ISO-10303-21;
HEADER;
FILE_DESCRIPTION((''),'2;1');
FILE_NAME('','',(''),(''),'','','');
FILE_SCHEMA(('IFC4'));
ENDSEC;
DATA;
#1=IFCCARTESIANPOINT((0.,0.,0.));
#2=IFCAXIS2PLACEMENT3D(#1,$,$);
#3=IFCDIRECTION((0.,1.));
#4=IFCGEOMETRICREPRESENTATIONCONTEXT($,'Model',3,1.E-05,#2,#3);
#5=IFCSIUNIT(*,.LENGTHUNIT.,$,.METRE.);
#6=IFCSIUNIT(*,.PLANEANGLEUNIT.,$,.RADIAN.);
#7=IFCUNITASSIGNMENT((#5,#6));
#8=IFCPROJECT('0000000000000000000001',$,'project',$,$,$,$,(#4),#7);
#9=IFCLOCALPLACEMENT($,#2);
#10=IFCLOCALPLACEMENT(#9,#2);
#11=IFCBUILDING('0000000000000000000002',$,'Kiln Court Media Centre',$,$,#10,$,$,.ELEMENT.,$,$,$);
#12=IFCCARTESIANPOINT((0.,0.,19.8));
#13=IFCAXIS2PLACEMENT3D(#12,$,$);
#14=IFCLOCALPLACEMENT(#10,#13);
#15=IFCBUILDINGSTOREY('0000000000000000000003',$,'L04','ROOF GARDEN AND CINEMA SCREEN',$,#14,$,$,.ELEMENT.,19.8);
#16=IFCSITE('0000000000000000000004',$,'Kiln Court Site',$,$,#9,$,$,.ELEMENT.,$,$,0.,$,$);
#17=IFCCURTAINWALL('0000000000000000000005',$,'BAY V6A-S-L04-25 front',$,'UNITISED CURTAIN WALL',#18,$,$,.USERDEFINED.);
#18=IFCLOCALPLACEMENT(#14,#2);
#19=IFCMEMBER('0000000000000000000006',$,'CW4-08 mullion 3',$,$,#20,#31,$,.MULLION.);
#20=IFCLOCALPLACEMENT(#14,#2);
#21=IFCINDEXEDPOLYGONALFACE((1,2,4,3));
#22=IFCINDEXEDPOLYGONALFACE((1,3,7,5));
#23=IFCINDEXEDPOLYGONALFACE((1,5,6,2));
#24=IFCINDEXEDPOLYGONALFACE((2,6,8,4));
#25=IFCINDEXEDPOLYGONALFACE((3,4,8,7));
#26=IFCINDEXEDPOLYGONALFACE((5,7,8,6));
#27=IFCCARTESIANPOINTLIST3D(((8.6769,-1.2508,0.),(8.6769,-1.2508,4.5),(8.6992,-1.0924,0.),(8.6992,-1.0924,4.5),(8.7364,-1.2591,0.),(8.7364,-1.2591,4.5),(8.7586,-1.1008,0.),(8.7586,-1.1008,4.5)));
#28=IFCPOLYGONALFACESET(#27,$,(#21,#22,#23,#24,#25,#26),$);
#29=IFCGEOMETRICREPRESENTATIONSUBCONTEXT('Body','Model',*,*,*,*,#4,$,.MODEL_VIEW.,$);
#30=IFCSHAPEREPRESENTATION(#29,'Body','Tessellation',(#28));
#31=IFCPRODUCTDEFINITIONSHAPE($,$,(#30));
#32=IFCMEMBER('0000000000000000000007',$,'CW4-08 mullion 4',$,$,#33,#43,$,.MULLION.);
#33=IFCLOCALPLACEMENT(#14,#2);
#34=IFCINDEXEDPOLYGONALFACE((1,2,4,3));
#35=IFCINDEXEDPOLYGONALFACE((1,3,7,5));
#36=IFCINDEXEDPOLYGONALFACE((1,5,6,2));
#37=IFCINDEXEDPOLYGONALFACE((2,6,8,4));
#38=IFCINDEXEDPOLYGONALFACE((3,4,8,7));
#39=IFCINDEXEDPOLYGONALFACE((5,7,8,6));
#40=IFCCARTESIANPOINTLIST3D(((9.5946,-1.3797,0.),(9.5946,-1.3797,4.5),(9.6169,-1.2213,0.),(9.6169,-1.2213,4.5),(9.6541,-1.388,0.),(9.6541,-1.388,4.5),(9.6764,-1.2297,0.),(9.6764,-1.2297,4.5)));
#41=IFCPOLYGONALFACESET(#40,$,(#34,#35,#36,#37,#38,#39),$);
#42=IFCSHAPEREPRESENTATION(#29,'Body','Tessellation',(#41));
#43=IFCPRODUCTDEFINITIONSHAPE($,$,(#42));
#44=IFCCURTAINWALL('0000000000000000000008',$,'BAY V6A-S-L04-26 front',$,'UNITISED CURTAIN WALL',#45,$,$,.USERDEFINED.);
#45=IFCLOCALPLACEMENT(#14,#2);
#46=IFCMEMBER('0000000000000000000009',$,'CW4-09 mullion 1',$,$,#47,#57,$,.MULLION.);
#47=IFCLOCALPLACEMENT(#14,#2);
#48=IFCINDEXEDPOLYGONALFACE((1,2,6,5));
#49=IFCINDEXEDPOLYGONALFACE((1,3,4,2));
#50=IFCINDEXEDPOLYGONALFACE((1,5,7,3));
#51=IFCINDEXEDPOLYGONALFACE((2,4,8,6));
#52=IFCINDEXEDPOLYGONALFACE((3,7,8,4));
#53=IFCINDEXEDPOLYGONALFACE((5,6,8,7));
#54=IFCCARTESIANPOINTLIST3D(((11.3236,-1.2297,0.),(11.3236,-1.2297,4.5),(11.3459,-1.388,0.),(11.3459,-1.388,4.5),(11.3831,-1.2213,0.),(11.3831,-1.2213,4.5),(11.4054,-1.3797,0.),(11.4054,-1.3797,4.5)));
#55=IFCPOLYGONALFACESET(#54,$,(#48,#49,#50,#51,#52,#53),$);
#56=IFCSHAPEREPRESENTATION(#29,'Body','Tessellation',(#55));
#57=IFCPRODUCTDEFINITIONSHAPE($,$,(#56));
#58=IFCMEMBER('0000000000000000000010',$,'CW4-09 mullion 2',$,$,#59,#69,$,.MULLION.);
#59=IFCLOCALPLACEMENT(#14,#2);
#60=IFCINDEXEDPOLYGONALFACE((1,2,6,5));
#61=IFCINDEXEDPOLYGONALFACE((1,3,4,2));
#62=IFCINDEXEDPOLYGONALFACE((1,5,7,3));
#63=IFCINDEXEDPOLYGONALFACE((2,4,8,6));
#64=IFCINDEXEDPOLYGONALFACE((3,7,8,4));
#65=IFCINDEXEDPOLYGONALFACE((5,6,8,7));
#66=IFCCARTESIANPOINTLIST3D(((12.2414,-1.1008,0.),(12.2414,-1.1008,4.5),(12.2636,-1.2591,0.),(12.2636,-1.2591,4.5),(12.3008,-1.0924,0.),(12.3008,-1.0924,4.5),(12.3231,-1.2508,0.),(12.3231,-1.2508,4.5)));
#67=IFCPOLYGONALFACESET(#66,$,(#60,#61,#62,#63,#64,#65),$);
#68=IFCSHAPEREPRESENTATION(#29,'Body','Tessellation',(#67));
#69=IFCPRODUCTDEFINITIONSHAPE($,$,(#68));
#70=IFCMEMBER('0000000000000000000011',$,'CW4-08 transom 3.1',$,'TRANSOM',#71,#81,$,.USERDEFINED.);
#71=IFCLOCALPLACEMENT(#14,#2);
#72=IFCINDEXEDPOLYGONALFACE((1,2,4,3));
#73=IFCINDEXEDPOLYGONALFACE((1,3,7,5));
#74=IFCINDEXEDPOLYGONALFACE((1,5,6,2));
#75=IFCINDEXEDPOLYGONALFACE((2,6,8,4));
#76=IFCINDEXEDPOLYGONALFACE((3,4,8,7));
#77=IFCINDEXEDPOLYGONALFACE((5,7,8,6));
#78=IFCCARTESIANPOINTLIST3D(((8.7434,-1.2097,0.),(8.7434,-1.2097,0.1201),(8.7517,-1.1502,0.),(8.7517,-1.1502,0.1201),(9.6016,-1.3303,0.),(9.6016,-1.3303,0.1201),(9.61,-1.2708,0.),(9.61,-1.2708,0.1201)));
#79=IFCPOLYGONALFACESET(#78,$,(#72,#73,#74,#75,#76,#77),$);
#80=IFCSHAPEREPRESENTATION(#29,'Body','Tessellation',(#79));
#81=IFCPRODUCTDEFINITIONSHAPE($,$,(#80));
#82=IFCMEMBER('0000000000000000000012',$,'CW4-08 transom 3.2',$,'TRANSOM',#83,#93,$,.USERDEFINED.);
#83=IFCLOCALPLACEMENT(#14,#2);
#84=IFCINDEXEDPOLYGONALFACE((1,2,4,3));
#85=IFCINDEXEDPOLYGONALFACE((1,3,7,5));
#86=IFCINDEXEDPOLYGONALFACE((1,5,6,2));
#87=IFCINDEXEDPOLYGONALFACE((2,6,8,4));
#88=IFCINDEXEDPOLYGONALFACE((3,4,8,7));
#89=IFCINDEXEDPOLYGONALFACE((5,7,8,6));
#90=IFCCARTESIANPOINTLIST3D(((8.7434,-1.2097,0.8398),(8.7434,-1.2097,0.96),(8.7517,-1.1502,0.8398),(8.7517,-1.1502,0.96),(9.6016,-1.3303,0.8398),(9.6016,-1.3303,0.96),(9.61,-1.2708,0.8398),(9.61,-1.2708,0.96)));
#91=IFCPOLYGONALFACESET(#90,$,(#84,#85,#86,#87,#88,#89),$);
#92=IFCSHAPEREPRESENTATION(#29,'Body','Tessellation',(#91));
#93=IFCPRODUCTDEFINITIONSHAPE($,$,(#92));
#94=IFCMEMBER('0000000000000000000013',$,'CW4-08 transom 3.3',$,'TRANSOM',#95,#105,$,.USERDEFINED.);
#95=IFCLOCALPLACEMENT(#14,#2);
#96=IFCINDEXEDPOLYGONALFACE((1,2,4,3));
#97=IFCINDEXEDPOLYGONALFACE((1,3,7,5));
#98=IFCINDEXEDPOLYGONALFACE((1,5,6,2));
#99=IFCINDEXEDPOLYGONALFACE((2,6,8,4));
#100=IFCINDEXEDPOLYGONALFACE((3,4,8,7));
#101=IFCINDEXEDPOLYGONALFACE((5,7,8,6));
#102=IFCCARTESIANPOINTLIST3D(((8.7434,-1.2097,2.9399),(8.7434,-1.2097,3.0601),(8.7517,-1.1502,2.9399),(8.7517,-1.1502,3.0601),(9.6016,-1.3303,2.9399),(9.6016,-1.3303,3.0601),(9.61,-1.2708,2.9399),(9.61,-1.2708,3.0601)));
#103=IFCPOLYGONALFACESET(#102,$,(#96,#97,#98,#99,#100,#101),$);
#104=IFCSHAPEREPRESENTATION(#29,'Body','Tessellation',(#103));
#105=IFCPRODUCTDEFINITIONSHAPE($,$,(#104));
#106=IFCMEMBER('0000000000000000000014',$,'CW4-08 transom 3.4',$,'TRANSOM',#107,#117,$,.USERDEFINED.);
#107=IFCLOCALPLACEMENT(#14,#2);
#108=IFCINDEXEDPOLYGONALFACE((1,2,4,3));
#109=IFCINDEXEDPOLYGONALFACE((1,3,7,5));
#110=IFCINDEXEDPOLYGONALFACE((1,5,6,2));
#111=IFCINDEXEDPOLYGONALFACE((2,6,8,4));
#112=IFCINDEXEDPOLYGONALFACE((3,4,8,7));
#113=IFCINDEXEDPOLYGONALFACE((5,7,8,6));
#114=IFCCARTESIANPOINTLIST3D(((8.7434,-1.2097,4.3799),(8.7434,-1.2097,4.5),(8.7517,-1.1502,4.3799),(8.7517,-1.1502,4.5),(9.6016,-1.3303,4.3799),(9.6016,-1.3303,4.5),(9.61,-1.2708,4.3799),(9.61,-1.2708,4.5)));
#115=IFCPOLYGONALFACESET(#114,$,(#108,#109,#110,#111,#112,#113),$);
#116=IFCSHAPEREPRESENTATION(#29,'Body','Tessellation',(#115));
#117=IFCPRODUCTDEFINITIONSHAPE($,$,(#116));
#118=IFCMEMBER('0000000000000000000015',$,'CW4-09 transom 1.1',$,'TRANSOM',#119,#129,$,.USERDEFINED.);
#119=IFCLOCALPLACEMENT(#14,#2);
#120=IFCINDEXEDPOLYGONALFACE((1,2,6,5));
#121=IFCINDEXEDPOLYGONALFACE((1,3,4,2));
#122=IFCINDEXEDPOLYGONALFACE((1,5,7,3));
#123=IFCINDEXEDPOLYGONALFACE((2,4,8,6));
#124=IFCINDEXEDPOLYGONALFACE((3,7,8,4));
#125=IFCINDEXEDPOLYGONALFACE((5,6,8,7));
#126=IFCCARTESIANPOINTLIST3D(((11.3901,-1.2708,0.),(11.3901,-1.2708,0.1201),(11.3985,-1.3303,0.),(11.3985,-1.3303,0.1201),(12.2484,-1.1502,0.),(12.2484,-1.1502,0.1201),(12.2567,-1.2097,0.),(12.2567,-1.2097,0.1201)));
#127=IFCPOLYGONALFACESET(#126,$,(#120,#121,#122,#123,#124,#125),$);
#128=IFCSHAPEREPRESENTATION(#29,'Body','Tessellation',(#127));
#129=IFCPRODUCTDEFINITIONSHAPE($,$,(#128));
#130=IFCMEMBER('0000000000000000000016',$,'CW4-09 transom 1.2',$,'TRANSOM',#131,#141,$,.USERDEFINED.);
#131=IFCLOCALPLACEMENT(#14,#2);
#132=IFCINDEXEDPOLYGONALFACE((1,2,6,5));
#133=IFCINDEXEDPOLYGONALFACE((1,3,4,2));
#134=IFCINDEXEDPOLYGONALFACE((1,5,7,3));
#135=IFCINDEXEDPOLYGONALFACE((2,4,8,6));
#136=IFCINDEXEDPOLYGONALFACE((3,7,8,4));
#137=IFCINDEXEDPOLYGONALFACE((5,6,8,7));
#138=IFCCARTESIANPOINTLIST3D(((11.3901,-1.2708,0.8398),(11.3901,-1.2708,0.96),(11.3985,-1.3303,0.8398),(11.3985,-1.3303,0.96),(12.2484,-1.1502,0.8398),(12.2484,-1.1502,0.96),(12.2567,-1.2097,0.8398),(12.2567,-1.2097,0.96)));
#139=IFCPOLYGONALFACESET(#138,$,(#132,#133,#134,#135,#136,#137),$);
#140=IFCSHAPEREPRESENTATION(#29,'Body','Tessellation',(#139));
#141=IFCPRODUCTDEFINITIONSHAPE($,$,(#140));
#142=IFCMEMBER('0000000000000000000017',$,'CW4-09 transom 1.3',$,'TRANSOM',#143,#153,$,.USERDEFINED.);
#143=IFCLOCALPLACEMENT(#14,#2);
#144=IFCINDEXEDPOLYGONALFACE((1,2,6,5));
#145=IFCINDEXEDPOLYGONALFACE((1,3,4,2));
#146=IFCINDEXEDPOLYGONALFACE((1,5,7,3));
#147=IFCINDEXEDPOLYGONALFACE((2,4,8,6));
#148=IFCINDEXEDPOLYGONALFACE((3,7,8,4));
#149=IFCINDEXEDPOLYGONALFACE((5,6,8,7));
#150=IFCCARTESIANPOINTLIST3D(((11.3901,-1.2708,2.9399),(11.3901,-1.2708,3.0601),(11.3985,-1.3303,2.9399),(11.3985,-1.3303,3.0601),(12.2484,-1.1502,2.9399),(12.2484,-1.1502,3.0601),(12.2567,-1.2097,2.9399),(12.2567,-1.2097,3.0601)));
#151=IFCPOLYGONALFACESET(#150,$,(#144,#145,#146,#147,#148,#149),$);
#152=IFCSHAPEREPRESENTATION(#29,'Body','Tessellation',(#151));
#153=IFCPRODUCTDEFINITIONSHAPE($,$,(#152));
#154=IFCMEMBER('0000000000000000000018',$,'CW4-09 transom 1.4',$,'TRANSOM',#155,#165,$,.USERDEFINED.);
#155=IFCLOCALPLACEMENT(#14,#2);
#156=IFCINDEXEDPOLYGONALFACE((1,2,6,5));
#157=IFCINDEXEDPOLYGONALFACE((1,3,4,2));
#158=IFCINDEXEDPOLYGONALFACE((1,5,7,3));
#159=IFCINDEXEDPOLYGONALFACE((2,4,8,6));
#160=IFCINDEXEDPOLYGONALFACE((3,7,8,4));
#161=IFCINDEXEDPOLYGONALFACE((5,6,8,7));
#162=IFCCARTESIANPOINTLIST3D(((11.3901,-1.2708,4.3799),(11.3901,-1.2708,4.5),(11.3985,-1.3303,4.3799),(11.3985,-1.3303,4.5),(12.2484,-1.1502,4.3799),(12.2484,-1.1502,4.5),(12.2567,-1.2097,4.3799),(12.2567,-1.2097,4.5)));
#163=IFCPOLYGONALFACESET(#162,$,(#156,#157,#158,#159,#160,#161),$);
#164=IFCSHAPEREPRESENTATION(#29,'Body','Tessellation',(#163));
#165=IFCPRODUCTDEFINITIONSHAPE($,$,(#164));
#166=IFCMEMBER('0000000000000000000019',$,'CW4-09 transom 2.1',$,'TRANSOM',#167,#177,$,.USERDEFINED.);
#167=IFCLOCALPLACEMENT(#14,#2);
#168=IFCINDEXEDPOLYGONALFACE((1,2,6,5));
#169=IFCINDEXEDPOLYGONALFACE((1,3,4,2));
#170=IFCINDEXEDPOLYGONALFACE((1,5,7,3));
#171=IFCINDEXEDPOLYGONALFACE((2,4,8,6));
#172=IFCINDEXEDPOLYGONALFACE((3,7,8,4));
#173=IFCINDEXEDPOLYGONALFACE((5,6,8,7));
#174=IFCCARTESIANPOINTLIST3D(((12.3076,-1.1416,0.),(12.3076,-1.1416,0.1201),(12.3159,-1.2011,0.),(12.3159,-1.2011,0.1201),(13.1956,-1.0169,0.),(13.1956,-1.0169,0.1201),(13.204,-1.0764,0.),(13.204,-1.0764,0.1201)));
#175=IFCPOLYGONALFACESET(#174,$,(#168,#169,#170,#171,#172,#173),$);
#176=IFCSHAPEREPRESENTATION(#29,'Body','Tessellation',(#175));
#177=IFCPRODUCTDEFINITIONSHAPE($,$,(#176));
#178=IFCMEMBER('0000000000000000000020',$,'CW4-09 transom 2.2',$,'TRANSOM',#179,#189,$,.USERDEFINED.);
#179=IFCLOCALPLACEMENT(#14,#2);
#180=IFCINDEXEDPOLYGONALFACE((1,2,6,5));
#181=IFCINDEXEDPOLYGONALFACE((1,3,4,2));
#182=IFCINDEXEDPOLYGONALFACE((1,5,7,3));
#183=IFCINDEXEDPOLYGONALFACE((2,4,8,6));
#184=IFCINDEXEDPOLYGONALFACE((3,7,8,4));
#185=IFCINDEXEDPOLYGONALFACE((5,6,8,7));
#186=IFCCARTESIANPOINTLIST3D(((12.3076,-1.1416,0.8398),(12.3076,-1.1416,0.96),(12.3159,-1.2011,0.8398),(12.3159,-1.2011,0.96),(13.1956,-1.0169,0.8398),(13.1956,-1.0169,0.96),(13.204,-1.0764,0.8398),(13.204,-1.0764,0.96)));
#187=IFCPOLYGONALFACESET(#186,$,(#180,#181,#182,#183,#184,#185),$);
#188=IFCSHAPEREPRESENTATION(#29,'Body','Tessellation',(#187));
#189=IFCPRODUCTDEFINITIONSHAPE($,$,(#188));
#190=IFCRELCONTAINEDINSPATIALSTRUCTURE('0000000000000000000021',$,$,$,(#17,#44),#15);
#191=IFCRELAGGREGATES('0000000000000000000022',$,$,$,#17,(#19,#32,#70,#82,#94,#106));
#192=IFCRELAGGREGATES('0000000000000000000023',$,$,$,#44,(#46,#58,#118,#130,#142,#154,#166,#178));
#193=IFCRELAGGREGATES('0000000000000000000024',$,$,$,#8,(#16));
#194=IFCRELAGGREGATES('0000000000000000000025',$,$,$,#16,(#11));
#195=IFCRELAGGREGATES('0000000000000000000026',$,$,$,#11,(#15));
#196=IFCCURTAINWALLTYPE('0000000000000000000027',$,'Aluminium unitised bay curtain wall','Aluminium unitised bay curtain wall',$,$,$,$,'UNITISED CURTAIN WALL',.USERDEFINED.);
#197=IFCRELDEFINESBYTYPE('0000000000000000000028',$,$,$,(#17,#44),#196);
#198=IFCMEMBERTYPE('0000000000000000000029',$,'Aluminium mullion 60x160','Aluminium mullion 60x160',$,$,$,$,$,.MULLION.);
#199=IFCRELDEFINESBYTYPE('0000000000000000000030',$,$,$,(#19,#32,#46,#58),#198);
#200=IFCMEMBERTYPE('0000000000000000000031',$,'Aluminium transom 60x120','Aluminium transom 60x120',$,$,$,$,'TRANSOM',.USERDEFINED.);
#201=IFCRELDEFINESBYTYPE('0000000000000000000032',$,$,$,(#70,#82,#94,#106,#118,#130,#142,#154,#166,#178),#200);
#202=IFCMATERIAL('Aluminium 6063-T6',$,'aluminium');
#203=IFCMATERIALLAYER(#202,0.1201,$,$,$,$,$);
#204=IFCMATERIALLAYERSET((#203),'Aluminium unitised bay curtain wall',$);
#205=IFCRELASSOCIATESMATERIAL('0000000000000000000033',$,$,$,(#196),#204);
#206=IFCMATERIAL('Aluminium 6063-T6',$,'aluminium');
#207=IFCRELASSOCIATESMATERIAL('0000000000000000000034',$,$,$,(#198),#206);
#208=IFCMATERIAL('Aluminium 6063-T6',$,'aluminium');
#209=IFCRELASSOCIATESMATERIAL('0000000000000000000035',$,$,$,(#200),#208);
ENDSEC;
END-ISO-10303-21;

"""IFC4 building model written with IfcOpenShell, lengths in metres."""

from ifc_helpers import new_model, si_unit, direction, frame, origin, origin_2d, place, context, subcontext, project, spatial, rectangle, extrude, material, layer, layer_set, material_profile, profile_set, type_object, element, aggregate, save


model = new_model("IFC4")

# Units and contexts
model_context = context("Model", 3, precision=1e-05, world=origin(), true_north=direction((0.0, 1.0)))
body_context = subcontext(model_context, "Body", "Model", "MODEL_VIEW")
ifc_project = project(units=[si_unit("LENGTHUNIT", "METRE"), si_unit("PLANEANGLEUNIT", "RADIAN")], contexts=[model_context])

# Site, building, storey
site_placement = place(None, origin())
site = spatial("IfcSite", under=ifc_project, at=site_placement, Name="Kiln Court Site", CompositionType="ELEMENT", RefElevation=0.0)
building_placement = place(site_placement, origin())
building = spatial("IfcBuilding", under=site, at=building_placement, Name="Kiln Court Media Centre", CompositionType="ELEMENT")
storey_placement = place(building_placement, frame((0.0, 0.0, 19.8)))
storey = spatial("IfcBuildingStorey", under=building, at=storey_placement, Name="L04", Description="ROOF GARDEN AND CINEMA SCREEN", CompositionType="ELEMENT", Elevation=19.8)

# Curtain walls, members
ifc_material_1 = material(Name="Aluminium 6063-T6", Category="aluminium")
ifc_layer_1 = layer(ifc_material_1, 0.1201)
ifc_layer_set_1 = layer_set([ifc_layer_1], Name="Aluminium unitised bay curtain wall")
curtain_wall_type = type_object("IfcCurtainWallType", Name="Aluminium unitised bay curtain wall", Description="Aluminium unitised bay curtain wall", ElementType="UNITISED CURTAIN WALL", PredefinedType="USERDEFINED", material=ifc_layer_set_1)
curtain_wall_1_placement = place(storey_placement, origin())
curtain_wall_1 = element("IfcCurtainWall", 1, at=curtain_wall_1_placement, inside=storey, type_object=curtain_wall_type, Name="BAY V6A-S-L04-25 front", ObjectType="UNITISED CURTAIN WALL", PredefinedType="USERDEFINED")
ifc_material_2 = material(Name="Aluminium 6063-T6", Category="aluminium")
ifc_material_profile_1 = material_profile(ifc_material_2, rectangle(XDim=0.0601, YDim=0.1599, at=origin_2d()), Name="Aluminium mullion 60x160")
ifc_profile_set_1 = profile_set([ifc_material_profile_1], Name="Aluminium 6063-T6")
member_type_1 = type_object("IfcMemberType", Name="Aluminium mullion 60x160", Description="Aluminium mullion 60x160", PredefinedType="MULLION", material=ifc_profile_set_1)
member_1_placement = place(storey_placement, frame((8.7178, -1.1758, 0.0), z_axis=(0.0, 0.0, 1.0), x_axis=(0.99027, -0.139162, 0.0)))
member_1 = element("IfcMember", 2, at=member_1_placement, type_object=member_type_1, Name="CW4-08 mullion 3", PredefinedType="MULLION", context=body_context, shape_type="SweptSolid", body=[
    extrude(rectangle(XDim=0.0601, YDim=0.1599, at=origin_2d()), origin(), (0.0, 0.0, 1.0), 4.5),
])
member_2_placement = place(storey_placement, frame((9.6355, -1.3047, 0.0), z_axis=(0.0, 0.0, 1.0), x_axis=(0.99027, -0.139162, 0.0)))
member_2 = element("IfcMember", 3, at=member_2_placement, type_object=member_type_1, Name="CW4-08 mullion 4", PredefinedType="MULLION", context=body_context, shape_type="SweptSolid", body=[
    extrude(rectangle(XDim=0.0601, YDim=0.1599, at=origin_2d()), origin(), (0.0, 0.0, 1.0), 4.5),
])
curtain_wall_2_placement = place(storey_placement, origin())
curtain_wall_2 = element("IfcCurtainWall", 4, at=curtain_wall_2_placement, inside=storey, type_object=curtain_wall_type, Name="BAY V6A-S-L04-26 front", ObjectType="UNITISED CURTAIN WALL", PredefinedType="USERDEFINED")
member_3_placement = place(storey_placement, frame((11.3645, -1.3047, 0.0), z_axis=(0.0, 0.0, 1.0), x_axis=(0.99027, 0.139162, 0.0)))
member_3 = element("IfcMember", 5, at=member_3_placement, type_object=member_type_1, Name="CW4-09 mullion 1", PredefinedType="MULLION", context=body_context, shape_type="SweptSolid", body=[
    extrude(rectangle(XDim=0.0601, YDim=0.1599, at=origin_2d()), origin(), (0.0, 0.0, 1.0), 4.5),
])
member_4_placement = place(storey_placement, frame((12.2822, -1.1758, 0.0), z_axis=(0.0, 0.0, 1.0), x_axis=(0.99027, 0.139162, 0.0)))
member_4 = element("IfcMember", 6, at=member_4_placement, type_object=member_type_1, Name="CW4-09 mullion 2", PredefinedType="MULLION", context=body_context, shape_type="SweptSolid", body=[
    extrude(rectangle(XDim=0.0601, YDim=0.1599, at=origin_2d()), origin(), (0.0, 0.0, 1.0), 4.5),
])

# Members
ifc_material_3 = material(Name="Aluminium 6063-T6", Category="aluminium")
ifc_material_profile_2 = material_profile(ifc_material_3, rectangle(XDim=0.0601, YDim=0.1201, at=origin_2d()), Name="Aluminium transom 60x120")
ifc_profile_set_2 = profile_set([ifc_material_profile_2], Name="Aluminium 6063-T6")
member_type_2 = type_object("IfcMemberType", Name="Aluminium transom 60x120", Description="Aluminium transom 60x120", ElementType="TRANSOM", PredefinedType="USERDEFINED", material=ifc_profile_set_2)
member_5_placement = place(storey_placement, frame((8.7476, -1.1799, 0.0601), z_axis=(0.990268, -0.139173, 0.0), x_axis=(0.139173, 0.990268, 0.0)))
member_5 = element("IfcMember", 7, at=member_5_placement, type_object=member_type_2, Name="CW4-08 transom 3.1", ObjectType="TRANSOM", PredefinedType="USERDEFINED", context=body_context, shape_type="SweptSolid", body=[
    extrude(rectangle(XDim=0.0601, YDim=0.1201, at=origin_2d()), origin(), (0.0, 0.0, 1.0), 0.8667),
])
member_6_placement = place(storey_placement, frame((8.7476, -1.1799, 0.8999), z_axis=(0.990268, -0.139173, 0.0), x_axis=(0.139173, 0.990268, 0.0)))
member_6 = element("IfcMember", 8, at=member_6_placement, type_object=member_type_2, Name="CW4-08 transom 3.2", ObjectType="TRANSOM", PredefinedType="USERDEFINED", context=body_context, shape_type="SweptSolid", body=[
    extrude(rectangle(XDim=0.0601, YDim=0.1201, at=origin_2d()), origin(), (0.0, 0.0, 1.0), 0.8667),
])
member_7_placement = place(storey_placement, frame((8.7476, -1.1799, 3.0), z_axis=(0.990268, -0.139173, 0.0), x_axis=(0.139173, 0.990268, 0.0)))
member_7 = element("IfcMember", 9, at=member_7_placement, type_object=member_type_2, Name="CW4-08 transom 3.3", ObjectType="TRANSOM", PredefinedType="USERDEFINED", context=body_context, shape_type="SweptSolid", body=[
    extrude(rectangle(XDim=0.0601, YDim=0.1201, at=origin_2d()), origin(), (0.0, 0.0, 1.0), 0.8667),
])
member_8_placement = place(storey_placement, frame((8.7476, -1.1799, 4.4399), z_axis=(0.990268, -0.139173, 0.0), x_axis=(0.139173, 0.990268, 0.0)))
member_8 = element("IfcMember", 10, at=member_8_placement, type_object=member_type_2, Name="CW4-08 transom 3.4", ObjectType="TRANSOM", PredefinedType="USERDEFINED", context=body_context, shape_type="SweptSolid", body=[
    extrude(rectangle(XDim=0.0601, YDim=0.1201, at=origin_2d()), origin(), (0.0, 0.0, 1.0), 0.8667),
])
member_9_placement = place(storey_placement, frame((11.3943, -1.3005, 0.0601), z_axis=(0.990268, 0.139173, 0.0), x_axis=(-0.139173, 0.990268, 0.0)))
member_9 = element("IfcMember", 11, at=member_9_placement, type_object=member_type_2, Name="CW4-09 transom 1.1", ObjectType="TRANSOM", PredefinedType="USERDEFINED", context=body_context, shape_type="SweptSolid", body=[
    extrude(rectangle(XDim=0.0601, YDim=0.1201, at=origin_2d()), origin(), (0.0, 0.0, 1.0), 0.8667),
])
member_10_placement = place(storey_placement, frame((11.3943, -1.3005, 0.8999), z_axis=(0.990268, 0.139173, 0.0), x_axis=(-0.139173, 0.990268, 0.0)))
member_10 = element("IfcMember", 12, at=member_10_placement, type_object=member_type_2, Name="CW4-09 transom 1.2", ObjectType="TRANSOM", PredefinedType="USERDEFINED", context=body_context, shape_type="SweptSolid", body=[
    extrude(rectangle(XDim=0.0601, YDim=0.1201, at=origin_2d()), origin(), (0.0, 0.0, 1.0), 0.8667),
])
member_11_placement = place(storey_placement, frame((11.3943, -1.3005, 3.0), z_axis=(0.990268, 0.139173, 0.0), x_axis=(-0.139173, 0.990268, 0.0)))
member_11 = element("IfcMember", 13, at=member_11_placement, type_object=member_type_2, Name="CW4-09 transom 1.3", ObjectType="TRANSOM", PredefinedType="USERDEFINED", context=body_context, shape_type="SweptSolid", body=[
    extrude(rectangle(XDim=0.0601, YDim=0.1201, at=origin_2d()), origin(), (0.0, 0.0, 1.0), 0.8667),
])
member_12_placement = place(storey_placement, frame((11.3943, -1.3005, 4.4399), z_axis=(0.990268, 0.139173, 0.0), x_axis=(-0.139173, 0.990268, 0.0)))
member_12 = element("IfcMember", 14, at=member_12_placement, type_object=member_type_2, Name="CW4-09 transom 1.4", ObjectType="TRANSOM", PredefinedType="USERDEFINED", context=body_context, shape_type="SweptSolid", body=[
    extrude(rectangle(XDim=0.0601, YDim=0.1201, at=origin_2d()), origin(), (0.0, 0.0, 1.0), 0.8667),
])
member_13_placement = place(storey_placement, frame((12.3118, -1.1714, 0.0601), z_axis=(0.990274, 0.139134, 0.0), x_axis=(-0.139134, 0.990274, 0.0)))
member_13 = element("IfcMember", 15, at=member_13_placement, type_object=member_type_2, Name="CW4-09 transom 2.1", ObjectType="TRANSOM", PredefinedType="USERDEFINED", context=body_context, shape_type="SweptSolid", body=[
    extrude(rectangle(XDim=0.0601, YDim=0.1201, at=origin_2d()), origin(), (0.0, 0.0, 1.0), 0.8967),
])
member_14_placement = place(storey_placement, frame((12.3118, -1.1714, 0.8999), z_axis=(0.990274, 0.139134, 0.0), x_axis=(-0.139134, 0.990274, 0.0)))
member_14 = element("IfcMember", 16, at=member_14_placement, type_object=member_type_2, Name="CW4-09 transom 2.2", ObjectType="TRANSOM", PredefinedType="USERDEFINED", context=body_context, shape_type="SweptSolid", body=[
    extrude(rectangle(XDim=0.0601, YDim=0.1201, at=origin_2d()), origin(), (0.0, 0.0, 1.0), 0.8967),
])

aggregate(curtain_wall_1, [member_1, member_2, member_5, member_6, member_7, member_8])
aggregate(curtain_wall_2, [member_3, member_4, member_9, member_10, member_11, member_12, member_13, member_14])

save(model, "model.ifc")
